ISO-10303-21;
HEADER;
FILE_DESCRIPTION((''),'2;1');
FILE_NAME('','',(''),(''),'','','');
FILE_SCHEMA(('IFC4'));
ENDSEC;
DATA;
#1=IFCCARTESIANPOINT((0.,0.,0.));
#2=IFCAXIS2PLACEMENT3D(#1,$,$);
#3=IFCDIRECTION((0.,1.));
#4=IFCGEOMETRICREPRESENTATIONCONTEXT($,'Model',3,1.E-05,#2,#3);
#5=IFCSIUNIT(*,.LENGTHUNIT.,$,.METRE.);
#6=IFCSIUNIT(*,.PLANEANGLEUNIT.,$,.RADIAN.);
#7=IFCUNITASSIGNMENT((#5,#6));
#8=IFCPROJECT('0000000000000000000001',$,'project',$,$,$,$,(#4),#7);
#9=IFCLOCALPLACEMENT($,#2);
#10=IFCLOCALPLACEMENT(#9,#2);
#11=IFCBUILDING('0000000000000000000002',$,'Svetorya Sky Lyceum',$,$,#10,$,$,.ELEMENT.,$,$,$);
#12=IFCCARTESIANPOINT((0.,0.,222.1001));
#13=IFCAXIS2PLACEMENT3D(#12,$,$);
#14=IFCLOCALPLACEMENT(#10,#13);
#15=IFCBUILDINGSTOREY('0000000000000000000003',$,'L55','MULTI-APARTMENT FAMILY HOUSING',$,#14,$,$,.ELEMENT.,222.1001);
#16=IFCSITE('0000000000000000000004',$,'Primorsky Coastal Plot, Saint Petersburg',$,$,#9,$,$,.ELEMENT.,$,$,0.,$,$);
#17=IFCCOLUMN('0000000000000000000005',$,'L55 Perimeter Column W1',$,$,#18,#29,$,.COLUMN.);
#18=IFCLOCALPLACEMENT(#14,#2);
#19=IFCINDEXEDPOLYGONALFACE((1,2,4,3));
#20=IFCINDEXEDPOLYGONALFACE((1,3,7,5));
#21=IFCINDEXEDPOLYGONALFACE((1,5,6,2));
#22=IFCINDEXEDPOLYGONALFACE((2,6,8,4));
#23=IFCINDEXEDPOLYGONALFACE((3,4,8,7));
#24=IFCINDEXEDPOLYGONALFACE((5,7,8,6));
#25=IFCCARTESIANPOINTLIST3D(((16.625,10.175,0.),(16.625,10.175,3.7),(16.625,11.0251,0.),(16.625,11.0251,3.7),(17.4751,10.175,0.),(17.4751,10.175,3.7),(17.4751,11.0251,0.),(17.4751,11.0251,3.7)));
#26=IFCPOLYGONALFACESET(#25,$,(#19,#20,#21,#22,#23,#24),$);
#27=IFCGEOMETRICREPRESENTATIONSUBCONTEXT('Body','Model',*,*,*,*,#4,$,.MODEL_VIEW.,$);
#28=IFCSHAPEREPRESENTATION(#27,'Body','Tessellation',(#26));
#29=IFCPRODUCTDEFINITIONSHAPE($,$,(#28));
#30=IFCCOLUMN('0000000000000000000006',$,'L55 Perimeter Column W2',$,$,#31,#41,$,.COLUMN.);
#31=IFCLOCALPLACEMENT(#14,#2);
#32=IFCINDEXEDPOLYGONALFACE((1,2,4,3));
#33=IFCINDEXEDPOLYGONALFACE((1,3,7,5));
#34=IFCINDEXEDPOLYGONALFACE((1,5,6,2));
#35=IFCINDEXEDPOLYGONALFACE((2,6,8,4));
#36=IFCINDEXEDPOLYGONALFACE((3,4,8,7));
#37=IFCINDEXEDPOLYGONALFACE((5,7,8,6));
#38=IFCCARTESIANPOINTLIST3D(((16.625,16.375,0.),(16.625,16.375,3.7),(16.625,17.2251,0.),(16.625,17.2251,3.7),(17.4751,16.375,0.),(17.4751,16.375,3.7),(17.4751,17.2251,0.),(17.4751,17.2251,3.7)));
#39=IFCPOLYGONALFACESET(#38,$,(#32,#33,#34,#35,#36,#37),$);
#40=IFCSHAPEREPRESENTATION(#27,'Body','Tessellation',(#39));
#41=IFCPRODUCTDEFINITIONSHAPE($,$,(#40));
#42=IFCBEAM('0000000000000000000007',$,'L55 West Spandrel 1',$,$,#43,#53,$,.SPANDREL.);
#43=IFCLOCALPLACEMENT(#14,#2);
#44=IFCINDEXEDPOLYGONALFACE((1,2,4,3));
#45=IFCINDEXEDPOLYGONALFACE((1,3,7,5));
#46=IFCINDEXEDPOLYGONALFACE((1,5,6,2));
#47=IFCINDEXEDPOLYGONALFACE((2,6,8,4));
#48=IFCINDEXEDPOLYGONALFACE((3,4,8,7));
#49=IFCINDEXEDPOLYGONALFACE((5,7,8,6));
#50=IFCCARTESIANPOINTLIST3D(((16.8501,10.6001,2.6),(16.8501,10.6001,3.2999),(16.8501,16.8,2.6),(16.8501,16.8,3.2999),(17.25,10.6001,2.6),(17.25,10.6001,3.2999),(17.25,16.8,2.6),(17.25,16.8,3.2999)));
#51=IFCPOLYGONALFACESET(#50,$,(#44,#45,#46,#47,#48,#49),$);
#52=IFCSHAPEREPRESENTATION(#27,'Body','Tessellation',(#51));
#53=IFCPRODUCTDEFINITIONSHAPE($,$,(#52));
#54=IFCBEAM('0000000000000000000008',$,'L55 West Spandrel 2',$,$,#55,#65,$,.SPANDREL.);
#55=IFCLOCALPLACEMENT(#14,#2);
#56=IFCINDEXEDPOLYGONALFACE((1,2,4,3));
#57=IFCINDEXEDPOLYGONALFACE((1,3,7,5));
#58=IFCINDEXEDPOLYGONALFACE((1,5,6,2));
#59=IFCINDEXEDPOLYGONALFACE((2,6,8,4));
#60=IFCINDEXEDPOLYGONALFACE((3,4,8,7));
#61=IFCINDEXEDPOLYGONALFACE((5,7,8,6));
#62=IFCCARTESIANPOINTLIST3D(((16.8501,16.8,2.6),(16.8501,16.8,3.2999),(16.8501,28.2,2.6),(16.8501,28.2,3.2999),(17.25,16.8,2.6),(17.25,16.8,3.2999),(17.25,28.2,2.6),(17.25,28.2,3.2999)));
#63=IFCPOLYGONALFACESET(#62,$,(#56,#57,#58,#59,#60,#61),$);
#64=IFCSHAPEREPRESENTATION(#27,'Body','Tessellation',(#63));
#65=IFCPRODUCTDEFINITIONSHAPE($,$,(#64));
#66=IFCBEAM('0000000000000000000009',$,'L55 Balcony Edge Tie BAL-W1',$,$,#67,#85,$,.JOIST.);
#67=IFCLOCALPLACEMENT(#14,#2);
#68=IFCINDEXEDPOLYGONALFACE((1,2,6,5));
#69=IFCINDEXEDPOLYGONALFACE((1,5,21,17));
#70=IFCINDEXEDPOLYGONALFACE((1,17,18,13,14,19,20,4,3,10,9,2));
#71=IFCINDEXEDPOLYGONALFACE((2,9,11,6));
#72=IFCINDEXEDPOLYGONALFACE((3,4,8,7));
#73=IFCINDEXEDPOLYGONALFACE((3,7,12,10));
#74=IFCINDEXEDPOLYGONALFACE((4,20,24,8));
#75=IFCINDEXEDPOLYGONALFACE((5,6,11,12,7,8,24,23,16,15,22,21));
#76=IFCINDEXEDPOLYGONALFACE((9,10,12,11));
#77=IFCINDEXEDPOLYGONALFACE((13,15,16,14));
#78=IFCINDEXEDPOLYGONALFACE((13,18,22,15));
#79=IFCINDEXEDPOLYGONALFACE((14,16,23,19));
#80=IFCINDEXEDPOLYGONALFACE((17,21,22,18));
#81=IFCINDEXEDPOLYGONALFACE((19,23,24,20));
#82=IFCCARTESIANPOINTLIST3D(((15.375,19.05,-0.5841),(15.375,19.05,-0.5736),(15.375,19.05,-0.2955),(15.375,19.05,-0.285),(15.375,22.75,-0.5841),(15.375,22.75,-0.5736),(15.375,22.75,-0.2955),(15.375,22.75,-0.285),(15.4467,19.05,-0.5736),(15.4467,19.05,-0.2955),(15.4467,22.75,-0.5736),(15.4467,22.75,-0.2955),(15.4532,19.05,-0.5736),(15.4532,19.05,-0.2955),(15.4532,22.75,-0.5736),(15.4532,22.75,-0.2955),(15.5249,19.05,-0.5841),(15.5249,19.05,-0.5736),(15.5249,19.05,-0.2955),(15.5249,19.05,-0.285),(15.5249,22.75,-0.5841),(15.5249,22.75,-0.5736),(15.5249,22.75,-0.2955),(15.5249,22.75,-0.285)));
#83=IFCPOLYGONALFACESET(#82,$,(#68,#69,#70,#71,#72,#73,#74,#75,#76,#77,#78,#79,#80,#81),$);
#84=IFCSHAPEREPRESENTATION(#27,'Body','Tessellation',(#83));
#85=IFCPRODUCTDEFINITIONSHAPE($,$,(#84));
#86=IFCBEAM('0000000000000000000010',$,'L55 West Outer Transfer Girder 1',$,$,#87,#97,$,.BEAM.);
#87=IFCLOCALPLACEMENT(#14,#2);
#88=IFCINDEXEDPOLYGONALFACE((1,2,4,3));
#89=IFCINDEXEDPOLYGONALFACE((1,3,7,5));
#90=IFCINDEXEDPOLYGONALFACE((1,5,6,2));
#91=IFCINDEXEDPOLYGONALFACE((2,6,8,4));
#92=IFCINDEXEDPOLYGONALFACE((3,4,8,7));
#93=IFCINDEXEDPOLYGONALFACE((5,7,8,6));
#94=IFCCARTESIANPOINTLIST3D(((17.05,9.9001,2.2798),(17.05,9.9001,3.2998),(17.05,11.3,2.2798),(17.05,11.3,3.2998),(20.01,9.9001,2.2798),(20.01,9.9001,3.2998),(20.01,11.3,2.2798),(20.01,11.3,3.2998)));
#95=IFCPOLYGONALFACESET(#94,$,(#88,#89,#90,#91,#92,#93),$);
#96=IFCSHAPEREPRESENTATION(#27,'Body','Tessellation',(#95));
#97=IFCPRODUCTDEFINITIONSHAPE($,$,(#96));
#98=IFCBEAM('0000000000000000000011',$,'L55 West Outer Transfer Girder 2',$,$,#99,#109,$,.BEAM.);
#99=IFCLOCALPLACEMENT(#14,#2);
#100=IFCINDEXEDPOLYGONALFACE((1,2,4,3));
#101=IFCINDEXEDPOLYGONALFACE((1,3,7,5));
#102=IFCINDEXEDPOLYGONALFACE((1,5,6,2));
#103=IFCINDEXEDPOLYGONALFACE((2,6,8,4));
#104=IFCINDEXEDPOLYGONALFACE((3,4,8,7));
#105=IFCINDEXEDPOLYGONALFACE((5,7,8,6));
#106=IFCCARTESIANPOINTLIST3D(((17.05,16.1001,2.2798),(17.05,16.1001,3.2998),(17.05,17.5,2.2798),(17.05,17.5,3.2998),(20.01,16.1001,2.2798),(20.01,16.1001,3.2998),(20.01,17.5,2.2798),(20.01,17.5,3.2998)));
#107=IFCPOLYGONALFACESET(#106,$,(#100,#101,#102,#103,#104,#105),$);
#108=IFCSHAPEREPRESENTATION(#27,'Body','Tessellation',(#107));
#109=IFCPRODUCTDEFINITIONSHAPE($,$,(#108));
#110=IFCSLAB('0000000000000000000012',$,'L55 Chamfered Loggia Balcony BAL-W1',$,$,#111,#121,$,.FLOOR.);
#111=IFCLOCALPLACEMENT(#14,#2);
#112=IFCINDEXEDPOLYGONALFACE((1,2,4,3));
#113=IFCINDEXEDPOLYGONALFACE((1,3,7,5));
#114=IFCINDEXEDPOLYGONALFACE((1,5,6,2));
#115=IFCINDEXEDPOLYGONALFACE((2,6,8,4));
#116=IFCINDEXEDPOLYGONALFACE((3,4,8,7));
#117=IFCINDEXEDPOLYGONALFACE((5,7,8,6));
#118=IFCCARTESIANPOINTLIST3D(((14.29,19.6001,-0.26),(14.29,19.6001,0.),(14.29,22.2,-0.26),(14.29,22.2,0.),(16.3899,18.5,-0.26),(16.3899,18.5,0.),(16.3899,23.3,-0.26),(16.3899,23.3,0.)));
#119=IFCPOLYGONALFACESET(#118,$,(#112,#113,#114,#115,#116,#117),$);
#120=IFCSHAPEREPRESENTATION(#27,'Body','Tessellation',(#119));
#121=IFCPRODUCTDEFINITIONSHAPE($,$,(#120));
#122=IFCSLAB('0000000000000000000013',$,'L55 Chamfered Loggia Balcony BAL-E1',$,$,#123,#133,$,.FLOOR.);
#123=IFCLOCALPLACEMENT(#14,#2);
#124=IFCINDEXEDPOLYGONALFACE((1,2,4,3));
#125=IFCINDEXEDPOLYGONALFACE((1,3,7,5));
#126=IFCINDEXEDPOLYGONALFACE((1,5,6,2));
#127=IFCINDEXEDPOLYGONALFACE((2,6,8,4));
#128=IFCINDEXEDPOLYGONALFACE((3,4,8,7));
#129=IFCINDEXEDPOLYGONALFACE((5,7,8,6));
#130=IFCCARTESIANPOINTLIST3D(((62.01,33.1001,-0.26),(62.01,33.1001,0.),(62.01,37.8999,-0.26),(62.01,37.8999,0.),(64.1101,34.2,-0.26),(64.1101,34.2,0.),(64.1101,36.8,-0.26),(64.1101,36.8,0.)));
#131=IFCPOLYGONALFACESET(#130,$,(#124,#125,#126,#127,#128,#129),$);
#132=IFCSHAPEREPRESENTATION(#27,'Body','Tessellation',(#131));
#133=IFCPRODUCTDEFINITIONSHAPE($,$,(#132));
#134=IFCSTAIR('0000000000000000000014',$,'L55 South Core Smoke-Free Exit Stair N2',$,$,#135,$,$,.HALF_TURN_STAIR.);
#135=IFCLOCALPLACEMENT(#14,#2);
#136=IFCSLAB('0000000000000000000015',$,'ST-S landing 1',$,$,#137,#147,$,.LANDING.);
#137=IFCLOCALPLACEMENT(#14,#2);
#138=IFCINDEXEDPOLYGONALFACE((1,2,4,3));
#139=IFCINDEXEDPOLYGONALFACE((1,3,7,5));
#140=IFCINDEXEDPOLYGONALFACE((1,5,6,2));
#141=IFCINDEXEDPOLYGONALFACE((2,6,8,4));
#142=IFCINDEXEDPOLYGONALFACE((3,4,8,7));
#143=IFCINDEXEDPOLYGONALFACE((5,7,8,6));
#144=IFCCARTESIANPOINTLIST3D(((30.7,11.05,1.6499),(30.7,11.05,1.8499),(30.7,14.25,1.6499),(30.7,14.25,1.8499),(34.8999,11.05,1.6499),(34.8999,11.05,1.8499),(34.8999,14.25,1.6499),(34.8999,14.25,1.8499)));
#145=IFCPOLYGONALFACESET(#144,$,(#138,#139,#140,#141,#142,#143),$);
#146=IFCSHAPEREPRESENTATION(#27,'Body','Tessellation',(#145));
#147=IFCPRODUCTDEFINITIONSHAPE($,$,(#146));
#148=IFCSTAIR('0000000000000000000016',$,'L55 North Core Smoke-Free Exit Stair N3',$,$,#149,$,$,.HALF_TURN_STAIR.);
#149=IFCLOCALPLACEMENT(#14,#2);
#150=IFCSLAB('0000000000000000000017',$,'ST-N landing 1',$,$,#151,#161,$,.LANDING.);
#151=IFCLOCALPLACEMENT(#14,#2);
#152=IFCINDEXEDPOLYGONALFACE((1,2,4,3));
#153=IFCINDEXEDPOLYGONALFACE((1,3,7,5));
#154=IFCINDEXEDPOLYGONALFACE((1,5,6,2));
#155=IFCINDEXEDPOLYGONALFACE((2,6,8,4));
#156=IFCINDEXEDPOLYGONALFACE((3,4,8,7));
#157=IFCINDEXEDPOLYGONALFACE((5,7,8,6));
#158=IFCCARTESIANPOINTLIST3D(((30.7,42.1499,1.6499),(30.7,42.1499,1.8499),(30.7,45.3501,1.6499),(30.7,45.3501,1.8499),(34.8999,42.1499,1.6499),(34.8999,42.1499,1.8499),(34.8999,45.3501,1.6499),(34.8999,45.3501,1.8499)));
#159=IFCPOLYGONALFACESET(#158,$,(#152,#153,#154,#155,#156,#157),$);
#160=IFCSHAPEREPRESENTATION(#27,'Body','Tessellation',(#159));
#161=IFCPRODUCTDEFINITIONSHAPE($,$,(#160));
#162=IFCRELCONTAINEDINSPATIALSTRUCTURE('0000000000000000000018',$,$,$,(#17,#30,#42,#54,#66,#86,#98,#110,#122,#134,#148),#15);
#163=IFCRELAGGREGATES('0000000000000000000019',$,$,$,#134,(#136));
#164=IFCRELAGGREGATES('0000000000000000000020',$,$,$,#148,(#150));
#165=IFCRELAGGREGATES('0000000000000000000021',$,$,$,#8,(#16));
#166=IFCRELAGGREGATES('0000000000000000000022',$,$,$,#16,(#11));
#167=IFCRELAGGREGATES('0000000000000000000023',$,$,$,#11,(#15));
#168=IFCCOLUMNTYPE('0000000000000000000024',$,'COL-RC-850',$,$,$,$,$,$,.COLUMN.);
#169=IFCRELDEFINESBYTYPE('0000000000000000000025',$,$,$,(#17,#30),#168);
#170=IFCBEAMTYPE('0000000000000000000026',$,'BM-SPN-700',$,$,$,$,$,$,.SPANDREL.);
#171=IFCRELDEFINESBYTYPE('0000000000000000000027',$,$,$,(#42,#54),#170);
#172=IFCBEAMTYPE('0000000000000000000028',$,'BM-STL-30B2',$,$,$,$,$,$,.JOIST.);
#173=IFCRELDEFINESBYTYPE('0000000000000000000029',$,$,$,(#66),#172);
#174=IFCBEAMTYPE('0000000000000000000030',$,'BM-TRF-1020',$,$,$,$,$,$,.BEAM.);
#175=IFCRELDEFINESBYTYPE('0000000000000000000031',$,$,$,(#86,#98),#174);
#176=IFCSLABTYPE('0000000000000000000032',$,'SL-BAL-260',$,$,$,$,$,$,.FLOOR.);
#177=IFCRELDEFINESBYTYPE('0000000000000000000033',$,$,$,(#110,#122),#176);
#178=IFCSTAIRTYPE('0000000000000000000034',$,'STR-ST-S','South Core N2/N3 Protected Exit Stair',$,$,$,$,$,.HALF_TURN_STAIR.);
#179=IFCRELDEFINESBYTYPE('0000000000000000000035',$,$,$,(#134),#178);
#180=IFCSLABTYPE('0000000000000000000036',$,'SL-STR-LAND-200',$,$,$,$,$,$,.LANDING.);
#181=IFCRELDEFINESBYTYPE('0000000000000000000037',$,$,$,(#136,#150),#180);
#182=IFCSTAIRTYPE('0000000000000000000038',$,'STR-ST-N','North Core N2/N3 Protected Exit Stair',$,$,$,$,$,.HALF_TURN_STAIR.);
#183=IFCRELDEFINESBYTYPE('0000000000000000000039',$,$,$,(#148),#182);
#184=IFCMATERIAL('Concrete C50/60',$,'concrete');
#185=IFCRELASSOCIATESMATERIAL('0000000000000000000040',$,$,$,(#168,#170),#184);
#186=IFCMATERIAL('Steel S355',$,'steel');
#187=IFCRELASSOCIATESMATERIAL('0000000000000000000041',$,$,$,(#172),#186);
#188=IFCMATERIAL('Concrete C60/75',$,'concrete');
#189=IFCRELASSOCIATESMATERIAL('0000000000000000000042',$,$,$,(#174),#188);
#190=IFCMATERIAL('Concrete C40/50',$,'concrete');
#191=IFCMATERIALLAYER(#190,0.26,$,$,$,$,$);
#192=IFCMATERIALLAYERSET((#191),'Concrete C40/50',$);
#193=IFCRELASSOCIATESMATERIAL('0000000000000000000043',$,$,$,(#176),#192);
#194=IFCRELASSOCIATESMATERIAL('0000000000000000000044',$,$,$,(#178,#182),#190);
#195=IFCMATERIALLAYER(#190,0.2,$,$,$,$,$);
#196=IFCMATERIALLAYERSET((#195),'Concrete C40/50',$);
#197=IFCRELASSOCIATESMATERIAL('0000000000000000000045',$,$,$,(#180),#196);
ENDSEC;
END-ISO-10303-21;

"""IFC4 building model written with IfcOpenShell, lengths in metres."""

from ifc_helpers import new_model, si_unit, direction, frame, origin, origin_2d, place, context, subcontext, project, spatial, polyline, rectangle, i_section, outline, extrude, material, layer, layer_set, material_profile, profile_set, type_object, element, aggregate, save


model = new_model("IFC4")

# Units and contexts
model_context = context("Model", 3, precision=1e-05, world=origin(), true_north=direction((0.0, 1.0)))
body_context = subcontext(model_context, "Body", "Model", "MODEL_VIEW")
ifc_project = project(units=[si_unit("LENGTHUNIT", "METRE"), si_unit("PLANEANGLEUNIT", "RADIAN")], contexts=[model_context])

# Site, building, storey
site_placement = place(None, origin())
site = spatial("IfcSite", under=ifc_project, at=site_placement, Name="Primorsky Coastal Plot, Saint Petersburg", CompositionType="ELEMENT", RefElevation=0.0)
building_placement = place(site_placement, origin())
building = spatial("IfcBuilding", under=site, at=building_placement, Name="Svetorya Sky Lyceum", CompositionType="ELEMENT")
storey_placement = place(building_placement, frame((0.0, 0.0, 222.1001)))
storey = spatial("IfcBuildingStorey", under=building, at=storey_placement, Name="L55", Description="MULTI-APARTMENT FAMILY HOUSING", CompositionType="ELEMENT", Elevation=222.1001)

# Columns
ifc_material_1 = material(Name="Concrete C50/60", Category="concrete")
ifc_material_profile_1 = material_profile(ifc_material_1, rectangle(XDim=0.8501, YDim=0.8501, at=origin_2d()), Name="RC COL 850x850")
ifc_profile_set_1 = profile_set([ifc_material_profile_1], Name="Concrete C50/60")
column_type = type_object("IfcColumnType", Name="COL-RC-850", PredefinedType="COLUMN", material=ifc_profile_set_1)
for number, where, z_axis, x_axis, name in (
    (1, (17.05, 10.6001, 0.0), (0.0, 0.0, 1.0), (1.0, 0.0, 0.0), "L55 Perimeter Column W1"),
    (2, (17.05, 16.8, 0.0), (0.0, 0.0, 1.0), (1.0, 0.0, 0.0), "L55 Perimeter Column W2"),
):
    element("IfcColumn", number, at=place(storey_placement, frame(where, z_axis=z_axis, x_axis=x_axis)), inside=storey, type_object=column_type, Name=name, PredefinedType="COLUMN", context=body_context, shape_type="SweptSolid", body=[
        extrude(rectangle(XDim=0.8501, YDim=0.8501, at=origin_2d()), origin(), (0.0, 0.0, 1.0), 3.7),
    ])

# Beams
ifc_material_profile_2 = material_profile(ifc_material_1, rectangle(XDim=0.3999, YDim=0.7, at=origin_2d()), Name="RC SPANDREL 400x700")
ifc_profile_set_2 = profile_set([ifc_material_profile_2], Name="Concrete C50/60")
beam_type_1 = type_object("IfcBeamType", Name="BM-SPN-700", PredefinedType="SPANDREL", material=ifc_profile_set_2)
beam_1_placement = place(storey_placement, frame((17.05, 10.6001, 2.95), z_axis=(0.0, 1.0, 0.0), x_axis=(-1.0, 0.0, 0.0)))
element("IfcBeam", 3, at=beam_1_placement, inside=storey, type_object=beam_type_1, Name="L55 West Spandrel 1", PredefinedType="SPANDREL", context=body_context, shape_type="SweptSolid", body=[
    extrude(rectangle(XDim=0.3999, YDim=0.7, at=origin_2d()), origin(), (0.0, 0.0, 1.0), 6.2),
])
beam_2_placement = place(storey_placement, frame((17.05, 16.8, 2.95), z_axis=(0.0, 1.0, 0.0), x_axis=(-1.0, 0.0, 0.0)))
element("IfcBeam", 4, at=beam_2_placement, inside=storey, type_object=beam_type_1, Name="L55 West Spandrel 2", PredefinedType="SPANDREL", context=body_context, shape_type="SweptSolid", body=[
    extrude(rectangle(XDim=0.3999, YDim=0.7, at=origin_2d()), origin(), (0.0, 0.0, 1.0), 11.3999),
])
ifc_material_2 = material(Name="Steel S355", Category="steel")
ifc_material_profile_3 = material_profile(ifc_material_2, i_section(OverallWidth=0.1499, OverallDepth=0.2991, WebThickness=0.0066, FlangeThickness=0.0105, at=origin_2d()), Name="GOST 30B2")
ifc_profile_set_3 = profile_set([ifc_material_profile_3], Name="Steel S355")
beam_type_2 = type_object("IfcBeamType", Name="BM-STL-30B2", PredefinedType="JOIST", material=ifc_profile_set_3)
beam_3_placement = place(storey_placement, frame((15.45, 19.05, -0.4346), z_axis=(0.0, 1.0, 0.0), x_axis=(-1.0, 0.0, 0.0)))
element("IfcBeam", 5, at=beam_3_placement, inside=storey, type_object=beam_type_2, Name="L55 Balcony Edge Tie BAL-W1", PredefinedType="JOIST", context=body_context, shape_type="SweptSolid", body=[
    extrude(i_section(OverallWidth=0.1499, OverallDepth=0.2991, WebThickness=0.0066, FlangeThickness=0.0105, at=origin_2d()), origin(), (0.0, 0.0, 1.0), 3.7),
])
ifc_material_3 = material(Name="Concrete C60/75", Category="concrete")
ifc_material_profile_4 = material_profile(ifc_material_3, rectangle(XDim=1.3999, YDim=1.02, at=origin_2d()), Name="RC TRANSFER 1400x1020")
ifc_profile_set_4 = profile_set([ifc_material_profile_4], Name="Concrete C60/75")
beam_type_3 = type_object("IfcBeamType", Name="BM-TRF-1020", PredefinedType="BEAM", material=ifc_profile_set_4)
for number, where, z_axis, x_axis, name in (
    (6, (17.05, 10.6001, 2.7898), (1.0, 0.0, 0.0), (0.0, 1.0, 0.0), "L55 West Outer Transfer Girder 1"),
    (7, (17.05, 16.8, 2.7898), (1.0, 0.0, 0.0), (0.0, 1.0, 0.0), "L55 West Outer Transfer Girder 2"),
):
    element("IfcBeam", number, at=place(storey_placement, frame(where, z_axis=z_axis, x_axis=x_axis)), inside=storey, type_object=beam_type_3, Name=name, PredefinedType="BEAM", context=body_context, shape_type="SweptSolid", body=[
        extrude(rectangle(XDim=1.3999, YDim=1.02, at=origin_2d()), origin(), (0.0, 0.0, 1.0), 2.96),
    ])

# Slabs
ifc_material_4 = material(Name="Concrete C40/50", Category="concrete")
ifc_layer_1 = layer(ifc_material_4, 0.26)
ifc_layer_set_1 = layer_set([ifc_layer_1], Name="Concrete C40/50")
slab_type_1 = type_object("IfcSlabType", Name="SL-BAL-260", PredefinedType="FLOOR", material=ifc_layer_set_1)
slab_1_placement = place(storey_placement, frame((0.0, 0.0, -0.26)))
element("IfcSlab", 8, at=slab_1_placement, inside=storey, type_object=slab_type_1, Name="L55 Chamfered Loggia Balcony BAL-W1", PredefinedType="FLOOR", context=body_context, shape_type="SweptSolid", body=[
    extrude(outline(polyline([(16.3899, 18.5), (16.3899, 23.3), (14.29, 22.2), (14.29, 19.6001), (16.3899, 18.5)])), origin(), (0.0, 0.0, 1.0), 0.26),
])
slab_2_placement = place(storey_placement, frame((0.0, 0.0, -0.26)))
element("IfcSlab", 9, at=slab_2_placement, inside=storey, type_object=slab_type_1, Name="L55 Chamfered Loggia Balcony BAL-E1", PredefinedType="FLOOR", context=body_context, shape_type="SweptSolid", body=[
    extrude(outline(polyline([(62.01, 33.1001), (64.1101, 34.2), (64.1101, 36.8), (62.01, 37.8999), (62.01, 33.1001)])), origin(), (0.0, 0.0, 1.0), 0.26),
])

# Stairs, slabs
stair_type_1 = type_object("IfcStairType", Name="STR-ST-S", Description="South Core N2/N3 Protected Exit Stair", PredefinedType="HALF_TURN_STAIR", material=ifc_material_4)
stair_1_placement = place(storey_placement, origin())
stair_1 = element("IfcStair", 10, at=stair_1_placement, inside=storey, type_object=stair_type_1, Name="L55 South Core Smoke-Free Exit Stair N2", PredefinedType="HALF_TURN_STAIR")
ifc_layer_2 = layer(ifc_material_4, 0.2)
ifc_layer_set_2 = layer_set([ifc_layer_2], Name="Concrete C40/50")
slab_type_2 = type_object("IfcSlabType", Name="SL-STR-LAND-200", PredefinedType="LANDING", material=ifc_layer_set_2)
slab_3_placement = place(storey_placement, frame((0.0, 0.0, 1.6499)))
slab_3 = element("IfcSlab", 11, at=slab_3_placement, type_object=slab_type_2, Name="ST-S landing 1", PredefinedType="LANDING", context=body_context, shape_type="SweptSolid", body=[
    extrude(outline(polyline([(30.7, 11.05), (34.8999, 11.05), (34.8999, 14.25), (30.7, 14.25), (30.7, 11.05)])), origin(), (0.0, 0.0, 1.0), 0.2),
])
aggregate(stair_1, [slab_3])
stair_type_2 = type_object("IfcStairType", Name="STR-ST-N", Description="North Core N2/N3 Protected Exit Stair", PredefinedType="HALF_TURN_STAIR", material=ifc_material_4)
stair_2_placement = place(storey_placement, origin())
stair_2 = element("IfcStair", 12, at=stair_2_placement, inside=storey, type_object=stair_type_2, Name="L55 North Core Smoke-Free Exit Stair N3", PredefinedType="HALF_TURN_STAIR")
slab_4_placement = place(storey_placement, frame((0.0, 0.0, 1.6499)))
slab_4 = element("IfcSlab", 13, at=slab_4_placement, type_object=slab_type_2, Name="ST-N landing 1", PredefinedType="LANDING", context=body_context, shape_type="SweptSolid", body=[
    extrude(outline(polyline([(30.7, 42.1499), (34.8999, 42.1499), (34.8999, 45.3501), (30.7, 45.3501), (30.7, 42.1499)])), origin(), (0.0, 0.0, 1.0), 0.2),
])
aggregate(stair_2, [slab_4])

save(model, "model.ifc")
